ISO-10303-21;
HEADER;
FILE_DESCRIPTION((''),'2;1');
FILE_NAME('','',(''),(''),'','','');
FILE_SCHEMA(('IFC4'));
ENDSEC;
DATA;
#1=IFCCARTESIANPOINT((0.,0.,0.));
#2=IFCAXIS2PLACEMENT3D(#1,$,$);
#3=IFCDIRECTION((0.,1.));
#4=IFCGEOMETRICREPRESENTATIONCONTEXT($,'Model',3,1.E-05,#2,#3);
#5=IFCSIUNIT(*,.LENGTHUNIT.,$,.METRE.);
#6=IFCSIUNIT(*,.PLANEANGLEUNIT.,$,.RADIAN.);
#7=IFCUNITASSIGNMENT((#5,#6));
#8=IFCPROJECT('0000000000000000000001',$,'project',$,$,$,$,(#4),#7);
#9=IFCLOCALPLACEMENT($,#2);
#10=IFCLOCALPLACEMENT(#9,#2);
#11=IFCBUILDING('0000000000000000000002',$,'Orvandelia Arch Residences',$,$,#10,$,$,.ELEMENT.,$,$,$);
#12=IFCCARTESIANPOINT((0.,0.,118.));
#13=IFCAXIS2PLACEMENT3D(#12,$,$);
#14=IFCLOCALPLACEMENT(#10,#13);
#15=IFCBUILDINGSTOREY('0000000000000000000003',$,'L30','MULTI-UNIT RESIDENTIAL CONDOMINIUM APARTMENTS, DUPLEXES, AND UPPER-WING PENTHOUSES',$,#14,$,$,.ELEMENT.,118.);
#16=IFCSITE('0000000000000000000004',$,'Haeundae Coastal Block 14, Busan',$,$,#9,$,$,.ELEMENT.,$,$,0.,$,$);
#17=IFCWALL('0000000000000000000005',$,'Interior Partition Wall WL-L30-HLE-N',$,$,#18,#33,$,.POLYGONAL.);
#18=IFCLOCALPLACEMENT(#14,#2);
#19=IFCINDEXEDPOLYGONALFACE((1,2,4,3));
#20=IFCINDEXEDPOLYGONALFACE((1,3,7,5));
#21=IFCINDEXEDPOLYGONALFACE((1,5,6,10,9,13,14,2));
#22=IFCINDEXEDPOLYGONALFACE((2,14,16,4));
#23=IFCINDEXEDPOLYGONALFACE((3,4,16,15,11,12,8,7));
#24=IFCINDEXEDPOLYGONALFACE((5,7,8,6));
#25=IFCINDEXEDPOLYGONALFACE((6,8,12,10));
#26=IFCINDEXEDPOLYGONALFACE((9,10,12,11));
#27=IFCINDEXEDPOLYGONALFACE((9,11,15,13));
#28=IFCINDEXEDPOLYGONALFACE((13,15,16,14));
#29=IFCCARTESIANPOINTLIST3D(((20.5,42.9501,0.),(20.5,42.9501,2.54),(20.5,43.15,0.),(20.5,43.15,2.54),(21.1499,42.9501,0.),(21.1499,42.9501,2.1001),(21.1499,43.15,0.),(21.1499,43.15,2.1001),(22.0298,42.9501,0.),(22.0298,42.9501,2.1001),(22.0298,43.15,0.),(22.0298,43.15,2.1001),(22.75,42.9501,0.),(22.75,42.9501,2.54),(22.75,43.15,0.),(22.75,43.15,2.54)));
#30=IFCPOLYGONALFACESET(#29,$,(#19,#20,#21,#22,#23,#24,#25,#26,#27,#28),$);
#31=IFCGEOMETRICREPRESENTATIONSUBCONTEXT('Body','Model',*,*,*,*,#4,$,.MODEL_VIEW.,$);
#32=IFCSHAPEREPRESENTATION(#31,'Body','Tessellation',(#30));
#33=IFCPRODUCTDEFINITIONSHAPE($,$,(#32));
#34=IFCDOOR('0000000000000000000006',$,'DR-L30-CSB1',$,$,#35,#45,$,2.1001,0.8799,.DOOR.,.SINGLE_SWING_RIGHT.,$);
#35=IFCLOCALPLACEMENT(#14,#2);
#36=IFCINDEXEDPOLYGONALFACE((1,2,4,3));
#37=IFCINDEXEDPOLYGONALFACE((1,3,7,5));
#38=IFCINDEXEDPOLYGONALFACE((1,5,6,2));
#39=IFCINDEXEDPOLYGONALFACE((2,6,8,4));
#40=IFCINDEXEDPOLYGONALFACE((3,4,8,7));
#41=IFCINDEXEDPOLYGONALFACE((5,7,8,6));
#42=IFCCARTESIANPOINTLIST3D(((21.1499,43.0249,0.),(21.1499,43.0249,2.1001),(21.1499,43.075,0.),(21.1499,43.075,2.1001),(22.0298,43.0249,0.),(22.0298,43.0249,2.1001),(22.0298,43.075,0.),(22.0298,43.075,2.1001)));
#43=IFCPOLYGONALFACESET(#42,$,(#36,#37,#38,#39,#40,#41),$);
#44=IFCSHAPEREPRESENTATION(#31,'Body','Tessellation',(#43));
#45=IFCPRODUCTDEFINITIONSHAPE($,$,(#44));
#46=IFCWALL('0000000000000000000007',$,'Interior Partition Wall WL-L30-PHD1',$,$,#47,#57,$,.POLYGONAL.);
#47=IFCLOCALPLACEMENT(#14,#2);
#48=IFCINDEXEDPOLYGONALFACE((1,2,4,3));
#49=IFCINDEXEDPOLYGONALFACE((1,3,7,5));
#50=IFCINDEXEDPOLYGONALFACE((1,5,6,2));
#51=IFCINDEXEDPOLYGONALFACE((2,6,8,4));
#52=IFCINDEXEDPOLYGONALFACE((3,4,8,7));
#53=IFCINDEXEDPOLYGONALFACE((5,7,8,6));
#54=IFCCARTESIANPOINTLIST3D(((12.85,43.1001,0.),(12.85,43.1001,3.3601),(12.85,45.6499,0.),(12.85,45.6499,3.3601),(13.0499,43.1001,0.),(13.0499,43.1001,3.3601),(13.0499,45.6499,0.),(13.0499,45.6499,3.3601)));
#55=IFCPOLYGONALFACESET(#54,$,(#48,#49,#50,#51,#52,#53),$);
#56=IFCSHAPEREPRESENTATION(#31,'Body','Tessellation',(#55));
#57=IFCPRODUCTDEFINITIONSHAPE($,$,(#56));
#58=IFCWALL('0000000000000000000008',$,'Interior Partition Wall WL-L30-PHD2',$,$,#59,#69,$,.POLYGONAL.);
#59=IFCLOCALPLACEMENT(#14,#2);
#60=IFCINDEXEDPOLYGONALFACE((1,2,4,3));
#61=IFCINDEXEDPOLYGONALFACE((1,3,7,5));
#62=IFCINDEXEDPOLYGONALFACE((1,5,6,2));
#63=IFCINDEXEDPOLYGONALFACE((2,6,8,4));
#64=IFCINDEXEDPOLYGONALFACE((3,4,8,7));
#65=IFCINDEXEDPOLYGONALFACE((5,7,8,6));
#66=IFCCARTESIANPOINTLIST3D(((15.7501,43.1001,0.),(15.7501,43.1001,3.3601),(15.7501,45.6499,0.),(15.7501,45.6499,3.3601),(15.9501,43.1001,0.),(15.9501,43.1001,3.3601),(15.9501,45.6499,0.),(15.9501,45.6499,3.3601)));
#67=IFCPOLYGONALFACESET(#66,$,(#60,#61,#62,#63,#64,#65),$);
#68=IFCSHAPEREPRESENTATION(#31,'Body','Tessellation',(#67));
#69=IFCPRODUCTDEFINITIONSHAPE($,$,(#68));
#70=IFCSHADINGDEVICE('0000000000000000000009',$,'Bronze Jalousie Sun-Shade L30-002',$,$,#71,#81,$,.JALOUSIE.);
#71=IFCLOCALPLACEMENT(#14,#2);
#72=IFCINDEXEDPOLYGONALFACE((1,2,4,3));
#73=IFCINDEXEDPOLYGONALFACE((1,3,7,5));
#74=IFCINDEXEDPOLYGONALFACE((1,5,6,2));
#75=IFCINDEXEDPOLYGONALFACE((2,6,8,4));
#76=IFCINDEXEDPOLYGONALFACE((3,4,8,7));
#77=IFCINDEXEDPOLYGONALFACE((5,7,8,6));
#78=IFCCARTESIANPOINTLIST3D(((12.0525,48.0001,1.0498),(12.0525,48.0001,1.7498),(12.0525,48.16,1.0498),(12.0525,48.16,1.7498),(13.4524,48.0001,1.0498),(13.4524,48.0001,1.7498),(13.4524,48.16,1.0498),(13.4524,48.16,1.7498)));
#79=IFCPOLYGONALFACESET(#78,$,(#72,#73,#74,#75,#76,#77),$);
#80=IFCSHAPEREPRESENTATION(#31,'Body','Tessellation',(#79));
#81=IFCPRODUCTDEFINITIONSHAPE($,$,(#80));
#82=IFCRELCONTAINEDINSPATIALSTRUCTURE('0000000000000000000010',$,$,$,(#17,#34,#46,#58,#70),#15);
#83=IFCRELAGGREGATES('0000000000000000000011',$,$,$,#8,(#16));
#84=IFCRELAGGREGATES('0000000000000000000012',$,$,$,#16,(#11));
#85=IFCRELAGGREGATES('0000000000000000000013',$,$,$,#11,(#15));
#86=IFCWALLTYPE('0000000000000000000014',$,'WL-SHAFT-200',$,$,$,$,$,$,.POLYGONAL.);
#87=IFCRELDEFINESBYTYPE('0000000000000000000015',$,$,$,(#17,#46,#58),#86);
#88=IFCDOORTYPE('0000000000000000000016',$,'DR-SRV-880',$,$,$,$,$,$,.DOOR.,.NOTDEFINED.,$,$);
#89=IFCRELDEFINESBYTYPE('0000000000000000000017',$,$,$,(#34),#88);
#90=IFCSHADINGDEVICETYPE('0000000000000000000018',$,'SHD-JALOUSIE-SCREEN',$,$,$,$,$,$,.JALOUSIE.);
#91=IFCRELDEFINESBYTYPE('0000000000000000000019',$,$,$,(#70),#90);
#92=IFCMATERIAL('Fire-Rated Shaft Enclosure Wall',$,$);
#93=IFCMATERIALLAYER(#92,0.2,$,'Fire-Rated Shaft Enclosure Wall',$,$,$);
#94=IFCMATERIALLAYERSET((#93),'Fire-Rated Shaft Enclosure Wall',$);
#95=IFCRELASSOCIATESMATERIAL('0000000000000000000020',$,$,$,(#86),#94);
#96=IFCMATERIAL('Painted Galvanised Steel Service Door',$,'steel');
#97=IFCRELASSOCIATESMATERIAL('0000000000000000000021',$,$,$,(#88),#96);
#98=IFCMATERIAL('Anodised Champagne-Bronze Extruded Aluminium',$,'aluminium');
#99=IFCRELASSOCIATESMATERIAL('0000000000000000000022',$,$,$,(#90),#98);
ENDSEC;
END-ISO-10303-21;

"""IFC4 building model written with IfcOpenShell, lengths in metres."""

from ifc_helpers import new_model, si_unit, direction, frame, frame_2d, origin, origin_2d, place, context, subcontext, project, spatial, rectangle, extrude, material, layer, layer_set, type_object, element, fill, save


model = new_model("IFC4")

# Units and contexts
model_context = context("Model", 3, precision=1e-05, world=origin(), true_north=direction((0.0, 1.0)))
body_context = subcontext(model_context, "Body", "Model", "MODEL_VIEW")
ifc_project = project(units=[si_unit("LENGTHUNIT", "METRE"), si_unit("PLANEANGLEUNIT", "RADIAN")], contexts=[model_context])

# Site, building, storey
site_placement = place(None, origin())
site = spatial("IfcSite", under=ifc_project, at=site_placement, Name="Haeundae Coastal Block 14, Busan", CompositionType="ELEMENT", RefElevation=0.0)
building_placement = place(site_placement, origin())
building = spatial("IfcBuilding", under=site, at=building_placement, Name="Orvandelia Arch Residences", CompositionType="ELEMENT")
storey_placement = place(building_placement, frame((0.0, 0.0, 118.0)))
storey = spatial("IfcBuildingStorey", under=building, at=storey_placement, Name="L30", Description="MULTI-UNIT RESIDENTIAL CONDOMINIUM APARTMENTS, DUPLEXES, AND UPPER-WING PENTHOUSES", CompositionType="ELEMENT", Elevation=118.0)

# Shared definitions
ifc_material_1 = material(Name="Fire-Rated Shaft Enclosure Wall")
ifc_layer_1 = layer(ifc_material_1, 0.2, Name="Fire-Rated Shaft Enclosure Wall")
ifc_layer_set_1 = layer_set([ifc_layer_1], Name="Fire-Rated Shaft Enclosure Wall")
wall_type_1 = type_object("IfcWallType", Name="WL-SHAFT-200", PredefinedType="POLYGONAL", material=ifc_layer_set_1)

# Shared definitions
ifc_material_2 = material(Name="Painted Galvanised Steel Service Door", Category="steel")
door_type_1 = type_object("IfcDoorType", Name="DR-SRV-880", OperationType="NOTDEFINED", PredefinedType="DOOR", material=ifc_material_2)

# Wall, opening, door
wall_1_placement = place(storey_placement, frame((20.5, 43.05, 0.0), z_axis=(0.0, 0.0, 1.0), x_axis=(1.0, 0.0, 0.0)))
wall_1 = element("IfcWall", 1, at=wall_1_placement, inside=storey, type_object=wall_type_1, Name="Interior Partition Wall WL-L30-HLE-N", PredefinedType="POLYGONAL", context=body_context, shape_type="SweptSolid", body=[
    extrude(rectangle(XDim=2.25, YDim=0.2, at=frame_2d((1.125, 0.0))), origin(), (0.0, 0.0, 1.0), 2.54),
])
opening_1_placement = place(wall_1_placement, frame((0.6499, 0.0, 0.0)))
opening_1 = element("IfcOpeningElement", 2, at=opening_1_placement, cuts=wall_1, PredefinedType="OPENING", context=body_context, shape_type="SweptSolid", body=[
    extrude(rectangle(XDim=0.8799, YDim=2.1001, at=frame_2d((0.4399, 1.05))), frame((0.0, 0.1099, 0.0), z_axis=(0.0, -1.0, 0.0), x_axis=(1.0, 0.0, 0.0)), (0.0, 0.0, 1.0), 0.22),
])
door_1_placement = place(opening_1_placement, origin())
door_1 = element("IfcDoor", 3, at=door_1_placement, inside=storey, type_object=door_type_1, Name="DR-L30-CSB1", OperationType="SINGLE_SWING_RIGHT", OverallHeight=2.1001, OverallWidth=0.8799, PredefinedType="DOOR", context=body_context, shape_type="SweptSolid", body=[
    extrude(rectangle(XDim=0.8799, YDim=2.1001, at=frame_2d((0.4399, 1.05))), frame((0.0, 0.0249, 0.0), z_axis=(0.0, -1.0, 0.0), x_axis=(1.0, 0.0, 0.0)), (0.0, 0.0, 1.0), 0.05),
])
fill(opening_1, door_1)

# Walls
for number, where, z_axis, x_axis, name in (
    (4, (12.95, 43.1001, 0.0), (0.0, 0.0, 1.0), (0.0, 1.0, 0.0), "Interior Partition Wall WL-L30-PHD1"),
    (5, (15.8501, 43.1001, 0.0), (0.0, 0.0, 1.0), (0.0, 1.0, 0.0), "Interior Partition Wall WL-L30-PHD2"),
):
    element("IfcWall", number, at=place(storey_placement, frame(where, z_axis=z_axis, x_axis=x_axis)), inside=storey, type_object=wall_type_1, Name=name, PredefinedType="POLYGONAL", context=body_context, shape_type="SweptSolid", body=[
        extrude(rectangle(XDim=2.5498, YDim=0.2, at=frame_2d((1.2749, 0.0))), origin(), (0.0, 0.0, 1.0), 3.3601),
    ])

# Shading device
ifc_material_3 = material(Name="Anodised Champagne-Bronze Extruded Aluminium", Category="aluminium")
shading_device_type = type_object("IfcShadingDeviceType", Name="SHD-JALOUSIE-SCREEN", PredefinedType="JALOUSIE", material=ifc_material_3)
shading_device_placement = place(storey_placement, frame((12.7524, 48.0801, 1.0498), z_axis=(0.0, 0.0, 1.0), x_axis=(1.0, 0.0, 0.0)))
element("IfcShadingDevice", 6, at=shading_device_placement, inside=storey, type_object=shading_device_type, Name="Bronze Jalousie Sun-Shade L30-002", PredefinedType="JALOUSIE", context=body_context, shape_type="SweptSolid", body=[
    extrude(rectangle(XDim=1.3999, YDim=0.1599, at=origin_2d()), origin(), (0.0, 0.0, 1.0), 0.7),
])

save(model, "model.ifc")
